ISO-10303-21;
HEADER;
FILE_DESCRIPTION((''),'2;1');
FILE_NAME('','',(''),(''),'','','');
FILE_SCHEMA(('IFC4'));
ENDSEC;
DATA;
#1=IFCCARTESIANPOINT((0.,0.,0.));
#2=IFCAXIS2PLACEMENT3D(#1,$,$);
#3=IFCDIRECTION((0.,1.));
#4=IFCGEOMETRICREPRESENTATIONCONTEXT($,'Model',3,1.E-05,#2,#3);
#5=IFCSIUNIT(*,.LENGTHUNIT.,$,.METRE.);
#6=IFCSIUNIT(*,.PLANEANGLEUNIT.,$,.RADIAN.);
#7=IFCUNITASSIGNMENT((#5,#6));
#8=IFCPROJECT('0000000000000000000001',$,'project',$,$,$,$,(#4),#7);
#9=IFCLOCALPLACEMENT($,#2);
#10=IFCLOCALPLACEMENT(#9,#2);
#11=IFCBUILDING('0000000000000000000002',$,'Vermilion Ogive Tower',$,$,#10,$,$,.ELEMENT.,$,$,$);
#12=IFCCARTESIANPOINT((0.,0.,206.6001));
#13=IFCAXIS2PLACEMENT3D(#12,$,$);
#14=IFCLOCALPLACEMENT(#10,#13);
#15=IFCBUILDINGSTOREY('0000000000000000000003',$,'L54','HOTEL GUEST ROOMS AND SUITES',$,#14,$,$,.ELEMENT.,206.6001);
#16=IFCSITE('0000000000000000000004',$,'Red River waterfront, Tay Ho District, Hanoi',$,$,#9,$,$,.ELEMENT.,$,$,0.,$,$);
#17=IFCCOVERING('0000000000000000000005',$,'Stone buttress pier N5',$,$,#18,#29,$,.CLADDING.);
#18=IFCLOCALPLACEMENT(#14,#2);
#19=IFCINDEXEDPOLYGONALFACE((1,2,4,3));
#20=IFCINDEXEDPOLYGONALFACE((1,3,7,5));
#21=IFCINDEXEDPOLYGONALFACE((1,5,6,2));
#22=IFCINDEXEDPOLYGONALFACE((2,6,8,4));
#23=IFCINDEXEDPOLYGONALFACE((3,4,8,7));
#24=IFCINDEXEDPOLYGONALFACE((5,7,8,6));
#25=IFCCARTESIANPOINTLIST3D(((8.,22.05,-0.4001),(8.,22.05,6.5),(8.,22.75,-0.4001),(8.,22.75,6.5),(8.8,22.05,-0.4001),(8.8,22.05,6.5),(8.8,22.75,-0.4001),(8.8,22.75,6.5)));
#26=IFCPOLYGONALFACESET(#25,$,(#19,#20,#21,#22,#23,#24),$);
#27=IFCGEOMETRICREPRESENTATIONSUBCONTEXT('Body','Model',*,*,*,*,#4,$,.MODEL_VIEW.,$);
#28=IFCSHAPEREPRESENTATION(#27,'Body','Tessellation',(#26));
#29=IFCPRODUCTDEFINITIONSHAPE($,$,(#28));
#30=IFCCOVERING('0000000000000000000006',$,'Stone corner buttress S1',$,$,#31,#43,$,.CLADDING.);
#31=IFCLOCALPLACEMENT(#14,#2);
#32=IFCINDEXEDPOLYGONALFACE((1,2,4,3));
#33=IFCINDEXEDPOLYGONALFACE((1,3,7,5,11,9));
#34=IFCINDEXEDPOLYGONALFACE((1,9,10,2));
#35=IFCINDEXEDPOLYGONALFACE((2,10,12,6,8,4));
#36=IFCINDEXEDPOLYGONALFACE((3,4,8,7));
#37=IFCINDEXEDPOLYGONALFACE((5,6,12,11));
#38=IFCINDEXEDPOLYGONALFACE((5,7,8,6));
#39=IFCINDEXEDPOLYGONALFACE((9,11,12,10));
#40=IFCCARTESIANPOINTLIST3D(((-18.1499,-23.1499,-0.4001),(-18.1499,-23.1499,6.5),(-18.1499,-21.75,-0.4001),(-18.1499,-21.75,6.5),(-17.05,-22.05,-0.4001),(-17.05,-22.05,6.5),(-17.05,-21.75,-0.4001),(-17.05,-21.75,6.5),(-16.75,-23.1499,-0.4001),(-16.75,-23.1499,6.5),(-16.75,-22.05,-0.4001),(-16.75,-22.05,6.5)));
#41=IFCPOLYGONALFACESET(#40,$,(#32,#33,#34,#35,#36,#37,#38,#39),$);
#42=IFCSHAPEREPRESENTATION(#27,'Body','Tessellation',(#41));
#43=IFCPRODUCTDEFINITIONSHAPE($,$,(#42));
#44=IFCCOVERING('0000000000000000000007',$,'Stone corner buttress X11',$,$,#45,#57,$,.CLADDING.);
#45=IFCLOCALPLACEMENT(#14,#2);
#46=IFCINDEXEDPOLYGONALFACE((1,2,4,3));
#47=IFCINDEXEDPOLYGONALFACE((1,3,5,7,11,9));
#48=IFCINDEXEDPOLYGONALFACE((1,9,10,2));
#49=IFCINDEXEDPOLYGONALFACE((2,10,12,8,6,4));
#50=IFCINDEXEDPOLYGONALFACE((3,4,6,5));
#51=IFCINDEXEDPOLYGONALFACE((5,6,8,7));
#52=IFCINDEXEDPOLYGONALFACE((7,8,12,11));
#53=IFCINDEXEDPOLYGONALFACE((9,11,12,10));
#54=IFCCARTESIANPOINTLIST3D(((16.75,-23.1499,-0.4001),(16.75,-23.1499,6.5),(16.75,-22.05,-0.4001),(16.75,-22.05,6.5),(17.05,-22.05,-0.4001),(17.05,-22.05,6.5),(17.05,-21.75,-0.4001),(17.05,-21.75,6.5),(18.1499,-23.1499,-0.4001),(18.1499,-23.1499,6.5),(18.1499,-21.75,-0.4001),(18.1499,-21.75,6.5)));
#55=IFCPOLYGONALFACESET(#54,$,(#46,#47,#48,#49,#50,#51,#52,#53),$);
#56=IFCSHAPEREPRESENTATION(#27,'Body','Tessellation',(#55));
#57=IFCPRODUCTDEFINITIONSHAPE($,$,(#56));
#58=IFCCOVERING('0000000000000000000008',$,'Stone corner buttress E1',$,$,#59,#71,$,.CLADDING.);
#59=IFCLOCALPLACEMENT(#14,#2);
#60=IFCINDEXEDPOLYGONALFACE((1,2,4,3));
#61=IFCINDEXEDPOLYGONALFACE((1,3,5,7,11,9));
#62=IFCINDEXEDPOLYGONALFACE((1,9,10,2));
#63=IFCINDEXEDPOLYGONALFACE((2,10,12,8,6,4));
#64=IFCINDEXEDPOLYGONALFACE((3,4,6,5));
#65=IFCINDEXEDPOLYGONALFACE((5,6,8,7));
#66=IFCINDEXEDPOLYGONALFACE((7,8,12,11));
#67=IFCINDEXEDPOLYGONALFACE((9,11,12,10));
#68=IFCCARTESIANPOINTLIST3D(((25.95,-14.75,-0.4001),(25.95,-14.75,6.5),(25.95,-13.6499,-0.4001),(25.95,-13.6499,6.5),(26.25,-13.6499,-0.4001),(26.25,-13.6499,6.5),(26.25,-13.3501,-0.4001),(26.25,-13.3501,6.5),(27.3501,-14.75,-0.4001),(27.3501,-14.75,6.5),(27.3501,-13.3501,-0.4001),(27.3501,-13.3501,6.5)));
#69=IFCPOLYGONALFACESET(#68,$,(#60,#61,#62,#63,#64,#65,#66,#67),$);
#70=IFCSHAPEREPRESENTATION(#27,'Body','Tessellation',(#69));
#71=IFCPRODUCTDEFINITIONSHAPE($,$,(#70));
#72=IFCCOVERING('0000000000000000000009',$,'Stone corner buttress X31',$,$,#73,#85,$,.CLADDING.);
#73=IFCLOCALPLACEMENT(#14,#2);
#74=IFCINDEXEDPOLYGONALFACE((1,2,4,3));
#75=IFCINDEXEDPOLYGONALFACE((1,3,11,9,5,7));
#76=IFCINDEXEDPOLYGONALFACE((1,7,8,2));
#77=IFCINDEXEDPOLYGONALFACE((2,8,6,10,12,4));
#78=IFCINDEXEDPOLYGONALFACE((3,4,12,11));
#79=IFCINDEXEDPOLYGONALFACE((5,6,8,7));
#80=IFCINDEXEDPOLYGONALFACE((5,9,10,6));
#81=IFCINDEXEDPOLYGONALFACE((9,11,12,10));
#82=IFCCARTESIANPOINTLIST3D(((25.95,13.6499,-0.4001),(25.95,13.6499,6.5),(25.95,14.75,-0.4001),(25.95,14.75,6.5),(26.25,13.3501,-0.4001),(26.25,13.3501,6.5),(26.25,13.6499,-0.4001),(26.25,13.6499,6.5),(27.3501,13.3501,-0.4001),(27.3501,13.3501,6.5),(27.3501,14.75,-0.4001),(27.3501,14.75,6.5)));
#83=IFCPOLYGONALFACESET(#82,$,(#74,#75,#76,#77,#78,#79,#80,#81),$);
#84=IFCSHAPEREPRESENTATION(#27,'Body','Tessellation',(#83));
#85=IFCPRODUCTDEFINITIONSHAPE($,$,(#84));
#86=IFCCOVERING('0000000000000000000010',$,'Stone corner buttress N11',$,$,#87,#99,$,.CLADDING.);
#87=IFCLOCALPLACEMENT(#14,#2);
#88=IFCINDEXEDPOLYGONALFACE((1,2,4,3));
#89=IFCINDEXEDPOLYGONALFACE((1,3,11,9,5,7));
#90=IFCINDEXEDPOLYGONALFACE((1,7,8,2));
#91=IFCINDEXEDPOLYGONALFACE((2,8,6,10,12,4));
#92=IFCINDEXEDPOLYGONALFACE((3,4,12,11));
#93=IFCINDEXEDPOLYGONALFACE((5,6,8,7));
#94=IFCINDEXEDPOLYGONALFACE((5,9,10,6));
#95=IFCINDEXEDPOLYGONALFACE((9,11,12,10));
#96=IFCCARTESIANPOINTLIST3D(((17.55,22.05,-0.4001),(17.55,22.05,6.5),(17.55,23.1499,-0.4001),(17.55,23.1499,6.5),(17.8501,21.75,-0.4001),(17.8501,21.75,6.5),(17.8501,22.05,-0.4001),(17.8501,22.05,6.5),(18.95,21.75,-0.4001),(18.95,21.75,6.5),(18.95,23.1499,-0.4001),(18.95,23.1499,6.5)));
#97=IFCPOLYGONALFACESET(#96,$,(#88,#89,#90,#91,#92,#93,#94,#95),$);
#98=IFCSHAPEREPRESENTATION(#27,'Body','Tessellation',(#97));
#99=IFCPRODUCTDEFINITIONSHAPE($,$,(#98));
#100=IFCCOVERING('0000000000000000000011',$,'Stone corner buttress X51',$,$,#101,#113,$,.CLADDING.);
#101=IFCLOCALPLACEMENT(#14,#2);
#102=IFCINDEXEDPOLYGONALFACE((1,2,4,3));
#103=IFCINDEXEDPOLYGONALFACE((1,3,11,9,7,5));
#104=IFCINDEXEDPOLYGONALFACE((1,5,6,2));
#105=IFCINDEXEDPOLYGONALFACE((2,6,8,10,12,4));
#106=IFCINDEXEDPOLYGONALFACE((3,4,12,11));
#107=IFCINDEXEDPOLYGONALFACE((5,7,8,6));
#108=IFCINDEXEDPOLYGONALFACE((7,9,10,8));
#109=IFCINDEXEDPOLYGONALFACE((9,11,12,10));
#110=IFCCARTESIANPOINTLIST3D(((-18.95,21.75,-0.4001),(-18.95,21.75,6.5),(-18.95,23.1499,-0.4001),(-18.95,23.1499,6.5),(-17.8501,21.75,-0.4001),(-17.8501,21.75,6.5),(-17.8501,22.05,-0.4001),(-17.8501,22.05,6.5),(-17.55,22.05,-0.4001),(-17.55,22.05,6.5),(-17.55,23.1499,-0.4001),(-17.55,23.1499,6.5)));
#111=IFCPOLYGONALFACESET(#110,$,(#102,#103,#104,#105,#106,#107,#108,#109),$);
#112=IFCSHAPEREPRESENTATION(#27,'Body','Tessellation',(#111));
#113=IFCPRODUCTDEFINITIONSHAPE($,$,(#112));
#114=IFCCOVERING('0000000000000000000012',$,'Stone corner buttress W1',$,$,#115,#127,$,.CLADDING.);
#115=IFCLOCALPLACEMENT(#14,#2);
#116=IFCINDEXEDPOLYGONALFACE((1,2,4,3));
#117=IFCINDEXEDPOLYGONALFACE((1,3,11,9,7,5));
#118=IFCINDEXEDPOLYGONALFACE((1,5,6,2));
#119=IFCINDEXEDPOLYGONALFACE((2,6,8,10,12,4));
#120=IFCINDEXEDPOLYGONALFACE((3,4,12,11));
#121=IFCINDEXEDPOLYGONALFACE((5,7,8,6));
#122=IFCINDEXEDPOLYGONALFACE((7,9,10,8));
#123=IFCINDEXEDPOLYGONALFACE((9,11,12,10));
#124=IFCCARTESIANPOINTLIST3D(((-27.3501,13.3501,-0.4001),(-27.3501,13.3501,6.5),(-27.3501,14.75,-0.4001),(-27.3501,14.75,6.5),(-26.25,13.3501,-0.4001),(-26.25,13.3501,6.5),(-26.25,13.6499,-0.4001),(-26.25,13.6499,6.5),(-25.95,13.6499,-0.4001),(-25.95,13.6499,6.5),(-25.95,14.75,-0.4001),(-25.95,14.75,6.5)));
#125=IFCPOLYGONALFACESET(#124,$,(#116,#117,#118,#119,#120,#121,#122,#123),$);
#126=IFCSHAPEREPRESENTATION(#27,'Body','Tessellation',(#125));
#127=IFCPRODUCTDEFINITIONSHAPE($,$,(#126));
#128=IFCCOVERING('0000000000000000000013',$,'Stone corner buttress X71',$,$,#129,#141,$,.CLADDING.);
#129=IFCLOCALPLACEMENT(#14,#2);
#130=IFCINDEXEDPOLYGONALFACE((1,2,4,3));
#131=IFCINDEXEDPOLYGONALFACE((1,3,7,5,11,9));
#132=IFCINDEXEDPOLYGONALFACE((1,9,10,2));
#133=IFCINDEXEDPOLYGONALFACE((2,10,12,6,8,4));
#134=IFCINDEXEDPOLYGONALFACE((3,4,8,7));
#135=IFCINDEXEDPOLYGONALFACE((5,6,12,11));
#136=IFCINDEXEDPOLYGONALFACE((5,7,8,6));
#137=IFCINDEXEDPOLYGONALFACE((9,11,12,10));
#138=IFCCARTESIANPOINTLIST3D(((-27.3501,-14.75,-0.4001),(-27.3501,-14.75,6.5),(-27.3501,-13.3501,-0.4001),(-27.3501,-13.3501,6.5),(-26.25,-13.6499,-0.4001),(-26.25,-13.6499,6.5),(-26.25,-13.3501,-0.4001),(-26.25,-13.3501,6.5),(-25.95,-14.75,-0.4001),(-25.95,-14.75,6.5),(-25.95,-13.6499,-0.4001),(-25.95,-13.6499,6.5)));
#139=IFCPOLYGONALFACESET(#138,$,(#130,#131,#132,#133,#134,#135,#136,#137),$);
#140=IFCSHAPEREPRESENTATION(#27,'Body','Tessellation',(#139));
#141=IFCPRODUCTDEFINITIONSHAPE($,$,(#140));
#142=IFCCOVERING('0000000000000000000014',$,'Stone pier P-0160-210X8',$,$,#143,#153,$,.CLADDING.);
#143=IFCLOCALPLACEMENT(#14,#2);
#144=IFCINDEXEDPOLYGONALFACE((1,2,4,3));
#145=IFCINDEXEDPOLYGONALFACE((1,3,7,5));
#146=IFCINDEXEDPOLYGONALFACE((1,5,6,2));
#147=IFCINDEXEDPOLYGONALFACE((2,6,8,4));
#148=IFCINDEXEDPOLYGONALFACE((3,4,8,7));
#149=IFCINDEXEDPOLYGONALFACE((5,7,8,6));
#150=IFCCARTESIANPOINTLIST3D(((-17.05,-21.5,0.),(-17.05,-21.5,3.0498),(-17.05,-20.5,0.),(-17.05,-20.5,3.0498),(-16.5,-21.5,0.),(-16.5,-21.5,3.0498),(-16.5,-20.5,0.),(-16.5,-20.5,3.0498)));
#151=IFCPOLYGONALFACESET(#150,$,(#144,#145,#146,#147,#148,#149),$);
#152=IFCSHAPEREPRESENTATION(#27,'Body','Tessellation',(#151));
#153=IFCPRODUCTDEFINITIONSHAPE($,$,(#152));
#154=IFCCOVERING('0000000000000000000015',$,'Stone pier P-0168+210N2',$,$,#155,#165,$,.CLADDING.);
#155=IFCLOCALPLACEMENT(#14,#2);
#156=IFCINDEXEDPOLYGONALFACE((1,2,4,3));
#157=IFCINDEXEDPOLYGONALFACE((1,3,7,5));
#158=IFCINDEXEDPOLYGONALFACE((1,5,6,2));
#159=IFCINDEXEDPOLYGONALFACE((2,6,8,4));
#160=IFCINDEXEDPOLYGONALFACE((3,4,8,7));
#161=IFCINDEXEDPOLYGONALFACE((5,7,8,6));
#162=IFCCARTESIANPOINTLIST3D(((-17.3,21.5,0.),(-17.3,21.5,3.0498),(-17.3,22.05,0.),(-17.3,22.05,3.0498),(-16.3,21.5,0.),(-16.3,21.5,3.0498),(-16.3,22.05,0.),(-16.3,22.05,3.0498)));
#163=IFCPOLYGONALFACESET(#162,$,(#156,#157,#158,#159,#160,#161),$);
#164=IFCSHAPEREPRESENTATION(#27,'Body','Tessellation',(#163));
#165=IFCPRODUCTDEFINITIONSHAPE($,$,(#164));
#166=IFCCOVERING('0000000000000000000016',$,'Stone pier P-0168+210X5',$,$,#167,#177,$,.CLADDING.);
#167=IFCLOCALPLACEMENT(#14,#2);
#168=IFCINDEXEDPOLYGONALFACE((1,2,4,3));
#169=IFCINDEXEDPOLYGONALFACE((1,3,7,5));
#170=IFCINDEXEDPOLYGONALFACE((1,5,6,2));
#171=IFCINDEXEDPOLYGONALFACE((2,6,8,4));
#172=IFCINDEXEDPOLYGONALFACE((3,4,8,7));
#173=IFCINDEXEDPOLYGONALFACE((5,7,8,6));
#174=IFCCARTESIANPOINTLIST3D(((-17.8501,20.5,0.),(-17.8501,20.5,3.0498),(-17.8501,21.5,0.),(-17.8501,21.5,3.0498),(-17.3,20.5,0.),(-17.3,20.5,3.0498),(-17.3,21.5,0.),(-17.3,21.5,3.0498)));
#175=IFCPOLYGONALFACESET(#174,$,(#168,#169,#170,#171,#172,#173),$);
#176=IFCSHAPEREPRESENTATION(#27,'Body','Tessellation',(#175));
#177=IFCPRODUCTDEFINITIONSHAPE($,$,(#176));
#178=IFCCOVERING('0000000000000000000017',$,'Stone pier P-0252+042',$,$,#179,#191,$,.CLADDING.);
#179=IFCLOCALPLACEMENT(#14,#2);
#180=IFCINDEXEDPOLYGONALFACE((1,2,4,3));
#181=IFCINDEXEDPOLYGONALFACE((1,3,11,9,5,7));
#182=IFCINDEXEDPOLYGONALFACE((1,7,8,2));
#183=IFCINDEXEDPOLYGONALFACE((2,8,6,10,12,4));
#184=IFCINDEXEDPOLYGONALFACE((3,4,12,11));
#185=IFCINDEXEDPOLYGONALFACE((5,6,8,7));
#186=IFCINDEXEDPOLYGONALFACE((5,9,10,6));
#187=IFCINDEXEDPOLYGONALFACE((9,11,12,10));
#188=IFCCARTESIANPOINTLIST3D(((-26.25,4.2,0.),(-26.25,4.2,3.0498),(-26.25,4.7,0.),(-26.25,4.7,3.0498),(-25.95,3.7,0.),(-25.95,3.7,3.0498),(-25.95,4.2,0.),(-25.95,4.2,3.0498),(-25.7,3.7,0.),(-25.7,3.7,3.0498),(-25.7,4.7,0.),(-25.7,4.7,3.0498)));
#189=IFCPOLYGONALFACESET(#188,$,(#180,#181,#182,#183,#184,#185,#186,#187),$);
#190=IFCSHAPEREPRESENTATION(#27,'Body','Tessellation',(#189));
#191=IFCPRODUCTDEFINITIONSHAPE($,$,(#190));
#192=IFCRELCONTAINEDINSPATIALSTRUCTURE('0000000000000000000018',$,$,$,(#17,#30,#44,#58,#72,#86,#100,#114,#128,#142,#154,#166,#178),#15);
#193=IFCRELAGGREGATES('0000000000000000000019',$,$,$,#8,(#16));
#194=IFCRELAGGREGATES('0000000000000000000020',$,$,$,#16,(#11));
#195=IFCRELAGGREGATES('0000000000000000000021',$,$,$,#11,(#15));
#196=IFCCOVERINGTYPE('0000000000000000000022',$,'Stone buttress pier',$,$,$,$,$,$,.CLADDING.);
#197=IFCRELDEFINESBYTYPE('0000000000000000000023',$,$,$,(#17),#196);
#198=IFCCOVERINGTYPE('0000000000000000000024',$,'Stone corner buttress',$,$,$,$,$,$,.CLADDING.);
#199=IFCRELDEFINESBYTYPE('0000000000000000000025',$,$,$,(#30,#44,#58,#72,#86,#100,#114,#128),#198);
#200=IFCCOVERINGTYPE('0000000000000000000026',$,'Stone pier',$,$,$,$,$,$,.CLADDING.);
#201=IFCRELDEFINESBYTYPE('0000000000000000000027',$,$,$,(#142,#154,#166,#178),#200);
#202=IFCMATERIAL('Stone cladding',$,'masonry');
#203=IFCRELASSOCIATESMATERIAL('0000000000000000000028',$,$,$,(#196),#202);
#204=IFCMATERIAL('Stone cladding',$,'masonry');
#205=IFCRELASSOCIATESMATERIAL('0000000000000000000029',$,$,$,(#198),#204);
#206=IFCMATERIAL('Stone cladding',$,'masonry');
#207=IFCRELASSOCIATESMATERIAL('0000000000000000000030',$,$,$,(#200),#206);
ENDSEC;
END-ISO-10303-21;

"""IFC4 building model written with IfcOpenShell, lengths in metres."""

from ifc_helpers import new_model, si_unit, direction, frame, origin, place, context, subcontext, project, spatial, polyline, outline, extrude, material, type_object, element, save


model = new_model("IFC4")

# Units and contexts
model_context = context("Model", 3, precision=1e-05, world=origin(), true_north=direction((0.0, 1.0)))
body_context = subcontext(model_context, "Body", "Model", "MODEL_VIEW")
ifc_project = project(units=[si_unit("LENGTHUNIT", "METRE"), si_unit("PLANEANGLEUNIT", "RADIAN")], contexts=[model_context])

# Site, building, storey
site_placement = place(None, origin())
site = spatial("IfcSite", under=ifc_project, at=site_placement, Name="Red River waterfront, Tay Ho District, Hanoi", CompositionType="ELEMENT", RefElevation=0.0)
building_placement = place(site_placement, origin())
building = spatial("IfcBuilding", under=site, at=building_placement, Name="Vermilion Ogive Tower", CompositionType="ELEMENT")
storey_placement = place(building_placement, frame((0.0, 0.0, 206.6001)))
storey = spatial("IfcBuildingStorey", under=building, at=storey_placement, Name="L54", Description="HOTEL GUEST ROOMS AND SUITES", CompositionType="ELEMENT", Elevation=206.6001)

# Coverings
ifc_material_1 = material(Name="Stone cladding", Category="masonry")
covering_type_1 = type_object("IfcCoveringType", Name="Stone buttress pier", PredefinedType="CLADDING", material=ifc_material_1)
covering_1_placement = place(storey_placement, frame((0.0, 0.0, -0.4001)))
element("IfcCovering", 1, at=covering_1_placement, inside=storey, type_object=covering_type_1, Name="Stone buttress pier N5", PredefinedType="CLADDING", context=body_context, shape_type="SweptSolid", body=[
    extrude(outline(polyline([(8.8, 22.75), (8.8, 22.05), (8.0, 22.05), (8.0, 22.75), (8.8, 22.75)])), origin(), (0.0, 0.0, 1.0), 6.9001),
])
ifc_material_2 = material(Name="Stone cladding", Category="masonry")
covering_type_2 = type_object("IfcCoveringType", Name="Stone corner buttress", PredefinedType="CLADDING", material=ifc_material_2)
covering_2_placement = place(storey_placement, frame((0.0, 0.0, -0.4001)))
element("IfcCovering", 2, at=covering_2_placement, inside=storey, type_object=covering_type_2, Name="Stone corner buttress S1", PredefinedType="CLADDING", context=body_context, shape_type="SweptSolid", body=[
    extrude(outline(polyline([(-17.05, -22.05), (-16.75, -22.05), (-16.75, -23.1499), (-18.1499, -23.1499), (-18.1499, -21.75), (-17.05, -21.75), (-17.05, -22.05)])), origin(), (0.0, 0.0, 1.0), 6.9001),
])
covering_3_placement = place(storey_placement, frame((0.0, 0.0, -0.4001)))
element("IfcCovering", 3, at=covering_3_placement, inside=storey, type_object=covering_type_2, Name="Stone corner buttress X11", PredefinedType="CLADDING", context=body_context, shape_type="SweptSolid", body=[
    extrude(outline(polyline([(16.75, -22.05), (17.05, -22.05), (17.05, -21.75), (18.1499, -21.75), (18.1499, -23.1499), (16.75, -23.1499), (16.75, -22.05)])), origin(), (0.0, 0.0, 1.0), 6.9001),
])
covering_4_placement = place(storey_placement, frame((0.0, 0.0, -0.4001)))
element("IfcCovering", 4, at=covering_4_placement, inside=storey, type_object=covering_type_2, Name="Stone corner buttress E1", PredefinedType="CLADDING", context=body_context, shape_type="SweptSolid", body=[
    extrude(outline(polyline([(25.95, -13.6499), (26.25, -13.6499), (26.25, -13.3501), (27.3501, -13.3501), (27.3501, -14.75), (25.95, -14.75), (25.95, -13.6499)])), origin(), (0.0, 0.0, 1.0), 6.9001),
])
covering_5_placement = place(storey_placement, frame((0.0, 0.0, -0.4001)))
element("IfcCovering", 5, at=covering_5_placement, inside=storey, type_object=covering_type_2, Name="Stone corner buttress X31", PredefinedType="CLADDING", context=body_context, shape_type="SweptSolid", body=[
    extrude(outline(polyline([(27.3501, 13.3501), (26.25, 13.3501), (26.25, 13.6499), (25.95, 13.6499), (25.95, 14.75), (27.3501, 14.75), (27.3501, 13.3501)])), origin(), (0.0, 0.0, 1.0), 6.9001),
])
covering_6_placement = place(storey_placement, frame((0.0, 0.0, -0.4001)))
element("IfcCovering", 6, at=covering_6_placement, inside=storey, type_object=covering_type_2, Name="Stone corner buttress N11", PredefinedType="CLADDING", context=body_context, shape_type="SweptSolid", body=[
    extrude(outline(polyline([(17.8501, 22.05), (17.55, 22.05), (17.55, 23.1499), (18.95, 23.1499), (18.95, 21.75), (17.8501, 21.75), (17.8501, 22.05)])), origin(), (0.0, 0.0, 1.0), 6.9001),
])
covering_7_placement = place(storey_placement, frame((0.0, 0.0, -0.4001)))
element("IfcCovering", 7, at=covering_7_placement, inside=storey, type_object=covering_type_2, Name="Stone corner buttress X51", PredefinedType="CLADDING", context=body_context, shape_type="SweptSolid", body=[
    extrude(outline(polyline([(-17.55, 23.1499), (-17.55, 22.05), (-17.8501, 22.05), (-17.8501, 21.75), (-18.95, 21.75), (-18.95, 23.1499), (-17.55, 23.1499)])), origin(), (0.0, 0.0, 1.0), 6.9001),
])
covering_8_placement = place(storey_placement, frame((0.0, 0.0, -0.4001)))
element("IfcCovering", 8, at=covering_8_placement, inside=storey, type_object=covering_type_2, Name="Stone corner buttress W1", PredefinedType="CLADDING", context=body_context, shape_type="SweptSolid", body=[
    extrude(outline(polyline([(-26.25, 13.6499), (-26.25, 13.3501), (-27.3501, 13.3501), (-27.3501, 14.75), (-25.95, 14.75), (-25.95, 13.6499), (-26.25, 13.6499)])), origin(), (0.0, 0.0, 1.0), 6.9001),
])
covering_9_placement = place(storey_placement, frame((0.0, 0.0, -0.4001)))
element("IfcCovering", 9, at=covering_9_placement, inside=storey, type_object=covering_type_2, Name="Stone corner buttress X71", PredefinedType="CLADDING", context=body_context, shape_type="SweptSolid", body=[
    extrude(outline(polyline([(-26.25, -13.3501), (-26.25, -13.6499), (-25.95, -13.6499), (-25.95, -14.75), (-27.3501, -14.75), (-27.3501, -13.3501), (-26.25, -13.3501)])), origin(), (0.0, 0.0, 1.0), 6.9001),
])
ifc_material_3 = material(Name="Stone cladding", Category="masonry")
covering_type_3 = type_object("IfcCoveringType", Name="Stone pier", PredefinedType="CLADDING", material=ifc_material_3)
covering_10_placement = place(storey_placement, origin())
element("IfcCovering", 10, at=covering_10_placement, inside=storey, type_object=covering_type_3, Name="Stone pier P-0160-210X8", PredefinedType="CLADDING", context=body_context, shape_type="SweptSolid", body=[
    extrude(outline(polyline([(-17.05, -20.5), (-16.5, -20.5), (-16.5, -21.5), (-17.05, -21.5), (-17.05, -20.5)])), origin(), (0.0, 0.0, 1.0), 3.0498),
])
covering_11_placement = place(storey_placement, origin())
element("IfcCovering", 11, at=covering_11_placement, inside=storey, type_object=covering_type_3, Name="Stone pier P-0168+210N2", PredefinedType="CLADDING", context=body_context, shape_type="SweptSolid", body=[
    extrude(outline(polyline([(-17.3, 21.5), (-17.3, 22.05), (-16.3, 22.05), (-16.3, 21.5), (-17.3, 21.5), (-17.3, 21.5)])), origin(), (0.0, 0.0, 1.0), 3.0498),
])
covering_12_placement = place(storey_placement, origin())
element("IfcCovering", 12, at=covering_12_placement, inside=storey, type_object=covering_type_3, Name="Stone pier P-0168+210X5", PredefinedType="CLADDING", context=body_context, shape_type="SweptSolid", body=[
    extrude(outline(polyline([(-17.8501, 21.5), (-17.3, 21.5), (-17.3, 21.5), (-17.3, 20.5), (-17.8501, 20.5), (-17.8501, 21.5)])), origin(), (0.0, 0.0, 1.0), 3.0498),
])
covering_13_placement = place(storey_placement, origin())
element("IfcCovering", 13, at=covering_13_placement, inside=storey, type_object=covering_type_3, Name="Stone pier P-0252+042", PredefinedType="CLADDING", context=body_context, shape_type="SweptSolid", body=[
    extrude(outline(polyline([(-25.7, 3.7), (-25.95, 3.7), (-25.95, 4.2), (-26.25, 4.2), (-26.25, 4.7), (-25.7, 4.7), (-25.7, 4.7), (-25.7, 3.7)])), origin(), (0.0, 0.0, 1.0), 3.0498),
])

save(model, "model.ifc")
